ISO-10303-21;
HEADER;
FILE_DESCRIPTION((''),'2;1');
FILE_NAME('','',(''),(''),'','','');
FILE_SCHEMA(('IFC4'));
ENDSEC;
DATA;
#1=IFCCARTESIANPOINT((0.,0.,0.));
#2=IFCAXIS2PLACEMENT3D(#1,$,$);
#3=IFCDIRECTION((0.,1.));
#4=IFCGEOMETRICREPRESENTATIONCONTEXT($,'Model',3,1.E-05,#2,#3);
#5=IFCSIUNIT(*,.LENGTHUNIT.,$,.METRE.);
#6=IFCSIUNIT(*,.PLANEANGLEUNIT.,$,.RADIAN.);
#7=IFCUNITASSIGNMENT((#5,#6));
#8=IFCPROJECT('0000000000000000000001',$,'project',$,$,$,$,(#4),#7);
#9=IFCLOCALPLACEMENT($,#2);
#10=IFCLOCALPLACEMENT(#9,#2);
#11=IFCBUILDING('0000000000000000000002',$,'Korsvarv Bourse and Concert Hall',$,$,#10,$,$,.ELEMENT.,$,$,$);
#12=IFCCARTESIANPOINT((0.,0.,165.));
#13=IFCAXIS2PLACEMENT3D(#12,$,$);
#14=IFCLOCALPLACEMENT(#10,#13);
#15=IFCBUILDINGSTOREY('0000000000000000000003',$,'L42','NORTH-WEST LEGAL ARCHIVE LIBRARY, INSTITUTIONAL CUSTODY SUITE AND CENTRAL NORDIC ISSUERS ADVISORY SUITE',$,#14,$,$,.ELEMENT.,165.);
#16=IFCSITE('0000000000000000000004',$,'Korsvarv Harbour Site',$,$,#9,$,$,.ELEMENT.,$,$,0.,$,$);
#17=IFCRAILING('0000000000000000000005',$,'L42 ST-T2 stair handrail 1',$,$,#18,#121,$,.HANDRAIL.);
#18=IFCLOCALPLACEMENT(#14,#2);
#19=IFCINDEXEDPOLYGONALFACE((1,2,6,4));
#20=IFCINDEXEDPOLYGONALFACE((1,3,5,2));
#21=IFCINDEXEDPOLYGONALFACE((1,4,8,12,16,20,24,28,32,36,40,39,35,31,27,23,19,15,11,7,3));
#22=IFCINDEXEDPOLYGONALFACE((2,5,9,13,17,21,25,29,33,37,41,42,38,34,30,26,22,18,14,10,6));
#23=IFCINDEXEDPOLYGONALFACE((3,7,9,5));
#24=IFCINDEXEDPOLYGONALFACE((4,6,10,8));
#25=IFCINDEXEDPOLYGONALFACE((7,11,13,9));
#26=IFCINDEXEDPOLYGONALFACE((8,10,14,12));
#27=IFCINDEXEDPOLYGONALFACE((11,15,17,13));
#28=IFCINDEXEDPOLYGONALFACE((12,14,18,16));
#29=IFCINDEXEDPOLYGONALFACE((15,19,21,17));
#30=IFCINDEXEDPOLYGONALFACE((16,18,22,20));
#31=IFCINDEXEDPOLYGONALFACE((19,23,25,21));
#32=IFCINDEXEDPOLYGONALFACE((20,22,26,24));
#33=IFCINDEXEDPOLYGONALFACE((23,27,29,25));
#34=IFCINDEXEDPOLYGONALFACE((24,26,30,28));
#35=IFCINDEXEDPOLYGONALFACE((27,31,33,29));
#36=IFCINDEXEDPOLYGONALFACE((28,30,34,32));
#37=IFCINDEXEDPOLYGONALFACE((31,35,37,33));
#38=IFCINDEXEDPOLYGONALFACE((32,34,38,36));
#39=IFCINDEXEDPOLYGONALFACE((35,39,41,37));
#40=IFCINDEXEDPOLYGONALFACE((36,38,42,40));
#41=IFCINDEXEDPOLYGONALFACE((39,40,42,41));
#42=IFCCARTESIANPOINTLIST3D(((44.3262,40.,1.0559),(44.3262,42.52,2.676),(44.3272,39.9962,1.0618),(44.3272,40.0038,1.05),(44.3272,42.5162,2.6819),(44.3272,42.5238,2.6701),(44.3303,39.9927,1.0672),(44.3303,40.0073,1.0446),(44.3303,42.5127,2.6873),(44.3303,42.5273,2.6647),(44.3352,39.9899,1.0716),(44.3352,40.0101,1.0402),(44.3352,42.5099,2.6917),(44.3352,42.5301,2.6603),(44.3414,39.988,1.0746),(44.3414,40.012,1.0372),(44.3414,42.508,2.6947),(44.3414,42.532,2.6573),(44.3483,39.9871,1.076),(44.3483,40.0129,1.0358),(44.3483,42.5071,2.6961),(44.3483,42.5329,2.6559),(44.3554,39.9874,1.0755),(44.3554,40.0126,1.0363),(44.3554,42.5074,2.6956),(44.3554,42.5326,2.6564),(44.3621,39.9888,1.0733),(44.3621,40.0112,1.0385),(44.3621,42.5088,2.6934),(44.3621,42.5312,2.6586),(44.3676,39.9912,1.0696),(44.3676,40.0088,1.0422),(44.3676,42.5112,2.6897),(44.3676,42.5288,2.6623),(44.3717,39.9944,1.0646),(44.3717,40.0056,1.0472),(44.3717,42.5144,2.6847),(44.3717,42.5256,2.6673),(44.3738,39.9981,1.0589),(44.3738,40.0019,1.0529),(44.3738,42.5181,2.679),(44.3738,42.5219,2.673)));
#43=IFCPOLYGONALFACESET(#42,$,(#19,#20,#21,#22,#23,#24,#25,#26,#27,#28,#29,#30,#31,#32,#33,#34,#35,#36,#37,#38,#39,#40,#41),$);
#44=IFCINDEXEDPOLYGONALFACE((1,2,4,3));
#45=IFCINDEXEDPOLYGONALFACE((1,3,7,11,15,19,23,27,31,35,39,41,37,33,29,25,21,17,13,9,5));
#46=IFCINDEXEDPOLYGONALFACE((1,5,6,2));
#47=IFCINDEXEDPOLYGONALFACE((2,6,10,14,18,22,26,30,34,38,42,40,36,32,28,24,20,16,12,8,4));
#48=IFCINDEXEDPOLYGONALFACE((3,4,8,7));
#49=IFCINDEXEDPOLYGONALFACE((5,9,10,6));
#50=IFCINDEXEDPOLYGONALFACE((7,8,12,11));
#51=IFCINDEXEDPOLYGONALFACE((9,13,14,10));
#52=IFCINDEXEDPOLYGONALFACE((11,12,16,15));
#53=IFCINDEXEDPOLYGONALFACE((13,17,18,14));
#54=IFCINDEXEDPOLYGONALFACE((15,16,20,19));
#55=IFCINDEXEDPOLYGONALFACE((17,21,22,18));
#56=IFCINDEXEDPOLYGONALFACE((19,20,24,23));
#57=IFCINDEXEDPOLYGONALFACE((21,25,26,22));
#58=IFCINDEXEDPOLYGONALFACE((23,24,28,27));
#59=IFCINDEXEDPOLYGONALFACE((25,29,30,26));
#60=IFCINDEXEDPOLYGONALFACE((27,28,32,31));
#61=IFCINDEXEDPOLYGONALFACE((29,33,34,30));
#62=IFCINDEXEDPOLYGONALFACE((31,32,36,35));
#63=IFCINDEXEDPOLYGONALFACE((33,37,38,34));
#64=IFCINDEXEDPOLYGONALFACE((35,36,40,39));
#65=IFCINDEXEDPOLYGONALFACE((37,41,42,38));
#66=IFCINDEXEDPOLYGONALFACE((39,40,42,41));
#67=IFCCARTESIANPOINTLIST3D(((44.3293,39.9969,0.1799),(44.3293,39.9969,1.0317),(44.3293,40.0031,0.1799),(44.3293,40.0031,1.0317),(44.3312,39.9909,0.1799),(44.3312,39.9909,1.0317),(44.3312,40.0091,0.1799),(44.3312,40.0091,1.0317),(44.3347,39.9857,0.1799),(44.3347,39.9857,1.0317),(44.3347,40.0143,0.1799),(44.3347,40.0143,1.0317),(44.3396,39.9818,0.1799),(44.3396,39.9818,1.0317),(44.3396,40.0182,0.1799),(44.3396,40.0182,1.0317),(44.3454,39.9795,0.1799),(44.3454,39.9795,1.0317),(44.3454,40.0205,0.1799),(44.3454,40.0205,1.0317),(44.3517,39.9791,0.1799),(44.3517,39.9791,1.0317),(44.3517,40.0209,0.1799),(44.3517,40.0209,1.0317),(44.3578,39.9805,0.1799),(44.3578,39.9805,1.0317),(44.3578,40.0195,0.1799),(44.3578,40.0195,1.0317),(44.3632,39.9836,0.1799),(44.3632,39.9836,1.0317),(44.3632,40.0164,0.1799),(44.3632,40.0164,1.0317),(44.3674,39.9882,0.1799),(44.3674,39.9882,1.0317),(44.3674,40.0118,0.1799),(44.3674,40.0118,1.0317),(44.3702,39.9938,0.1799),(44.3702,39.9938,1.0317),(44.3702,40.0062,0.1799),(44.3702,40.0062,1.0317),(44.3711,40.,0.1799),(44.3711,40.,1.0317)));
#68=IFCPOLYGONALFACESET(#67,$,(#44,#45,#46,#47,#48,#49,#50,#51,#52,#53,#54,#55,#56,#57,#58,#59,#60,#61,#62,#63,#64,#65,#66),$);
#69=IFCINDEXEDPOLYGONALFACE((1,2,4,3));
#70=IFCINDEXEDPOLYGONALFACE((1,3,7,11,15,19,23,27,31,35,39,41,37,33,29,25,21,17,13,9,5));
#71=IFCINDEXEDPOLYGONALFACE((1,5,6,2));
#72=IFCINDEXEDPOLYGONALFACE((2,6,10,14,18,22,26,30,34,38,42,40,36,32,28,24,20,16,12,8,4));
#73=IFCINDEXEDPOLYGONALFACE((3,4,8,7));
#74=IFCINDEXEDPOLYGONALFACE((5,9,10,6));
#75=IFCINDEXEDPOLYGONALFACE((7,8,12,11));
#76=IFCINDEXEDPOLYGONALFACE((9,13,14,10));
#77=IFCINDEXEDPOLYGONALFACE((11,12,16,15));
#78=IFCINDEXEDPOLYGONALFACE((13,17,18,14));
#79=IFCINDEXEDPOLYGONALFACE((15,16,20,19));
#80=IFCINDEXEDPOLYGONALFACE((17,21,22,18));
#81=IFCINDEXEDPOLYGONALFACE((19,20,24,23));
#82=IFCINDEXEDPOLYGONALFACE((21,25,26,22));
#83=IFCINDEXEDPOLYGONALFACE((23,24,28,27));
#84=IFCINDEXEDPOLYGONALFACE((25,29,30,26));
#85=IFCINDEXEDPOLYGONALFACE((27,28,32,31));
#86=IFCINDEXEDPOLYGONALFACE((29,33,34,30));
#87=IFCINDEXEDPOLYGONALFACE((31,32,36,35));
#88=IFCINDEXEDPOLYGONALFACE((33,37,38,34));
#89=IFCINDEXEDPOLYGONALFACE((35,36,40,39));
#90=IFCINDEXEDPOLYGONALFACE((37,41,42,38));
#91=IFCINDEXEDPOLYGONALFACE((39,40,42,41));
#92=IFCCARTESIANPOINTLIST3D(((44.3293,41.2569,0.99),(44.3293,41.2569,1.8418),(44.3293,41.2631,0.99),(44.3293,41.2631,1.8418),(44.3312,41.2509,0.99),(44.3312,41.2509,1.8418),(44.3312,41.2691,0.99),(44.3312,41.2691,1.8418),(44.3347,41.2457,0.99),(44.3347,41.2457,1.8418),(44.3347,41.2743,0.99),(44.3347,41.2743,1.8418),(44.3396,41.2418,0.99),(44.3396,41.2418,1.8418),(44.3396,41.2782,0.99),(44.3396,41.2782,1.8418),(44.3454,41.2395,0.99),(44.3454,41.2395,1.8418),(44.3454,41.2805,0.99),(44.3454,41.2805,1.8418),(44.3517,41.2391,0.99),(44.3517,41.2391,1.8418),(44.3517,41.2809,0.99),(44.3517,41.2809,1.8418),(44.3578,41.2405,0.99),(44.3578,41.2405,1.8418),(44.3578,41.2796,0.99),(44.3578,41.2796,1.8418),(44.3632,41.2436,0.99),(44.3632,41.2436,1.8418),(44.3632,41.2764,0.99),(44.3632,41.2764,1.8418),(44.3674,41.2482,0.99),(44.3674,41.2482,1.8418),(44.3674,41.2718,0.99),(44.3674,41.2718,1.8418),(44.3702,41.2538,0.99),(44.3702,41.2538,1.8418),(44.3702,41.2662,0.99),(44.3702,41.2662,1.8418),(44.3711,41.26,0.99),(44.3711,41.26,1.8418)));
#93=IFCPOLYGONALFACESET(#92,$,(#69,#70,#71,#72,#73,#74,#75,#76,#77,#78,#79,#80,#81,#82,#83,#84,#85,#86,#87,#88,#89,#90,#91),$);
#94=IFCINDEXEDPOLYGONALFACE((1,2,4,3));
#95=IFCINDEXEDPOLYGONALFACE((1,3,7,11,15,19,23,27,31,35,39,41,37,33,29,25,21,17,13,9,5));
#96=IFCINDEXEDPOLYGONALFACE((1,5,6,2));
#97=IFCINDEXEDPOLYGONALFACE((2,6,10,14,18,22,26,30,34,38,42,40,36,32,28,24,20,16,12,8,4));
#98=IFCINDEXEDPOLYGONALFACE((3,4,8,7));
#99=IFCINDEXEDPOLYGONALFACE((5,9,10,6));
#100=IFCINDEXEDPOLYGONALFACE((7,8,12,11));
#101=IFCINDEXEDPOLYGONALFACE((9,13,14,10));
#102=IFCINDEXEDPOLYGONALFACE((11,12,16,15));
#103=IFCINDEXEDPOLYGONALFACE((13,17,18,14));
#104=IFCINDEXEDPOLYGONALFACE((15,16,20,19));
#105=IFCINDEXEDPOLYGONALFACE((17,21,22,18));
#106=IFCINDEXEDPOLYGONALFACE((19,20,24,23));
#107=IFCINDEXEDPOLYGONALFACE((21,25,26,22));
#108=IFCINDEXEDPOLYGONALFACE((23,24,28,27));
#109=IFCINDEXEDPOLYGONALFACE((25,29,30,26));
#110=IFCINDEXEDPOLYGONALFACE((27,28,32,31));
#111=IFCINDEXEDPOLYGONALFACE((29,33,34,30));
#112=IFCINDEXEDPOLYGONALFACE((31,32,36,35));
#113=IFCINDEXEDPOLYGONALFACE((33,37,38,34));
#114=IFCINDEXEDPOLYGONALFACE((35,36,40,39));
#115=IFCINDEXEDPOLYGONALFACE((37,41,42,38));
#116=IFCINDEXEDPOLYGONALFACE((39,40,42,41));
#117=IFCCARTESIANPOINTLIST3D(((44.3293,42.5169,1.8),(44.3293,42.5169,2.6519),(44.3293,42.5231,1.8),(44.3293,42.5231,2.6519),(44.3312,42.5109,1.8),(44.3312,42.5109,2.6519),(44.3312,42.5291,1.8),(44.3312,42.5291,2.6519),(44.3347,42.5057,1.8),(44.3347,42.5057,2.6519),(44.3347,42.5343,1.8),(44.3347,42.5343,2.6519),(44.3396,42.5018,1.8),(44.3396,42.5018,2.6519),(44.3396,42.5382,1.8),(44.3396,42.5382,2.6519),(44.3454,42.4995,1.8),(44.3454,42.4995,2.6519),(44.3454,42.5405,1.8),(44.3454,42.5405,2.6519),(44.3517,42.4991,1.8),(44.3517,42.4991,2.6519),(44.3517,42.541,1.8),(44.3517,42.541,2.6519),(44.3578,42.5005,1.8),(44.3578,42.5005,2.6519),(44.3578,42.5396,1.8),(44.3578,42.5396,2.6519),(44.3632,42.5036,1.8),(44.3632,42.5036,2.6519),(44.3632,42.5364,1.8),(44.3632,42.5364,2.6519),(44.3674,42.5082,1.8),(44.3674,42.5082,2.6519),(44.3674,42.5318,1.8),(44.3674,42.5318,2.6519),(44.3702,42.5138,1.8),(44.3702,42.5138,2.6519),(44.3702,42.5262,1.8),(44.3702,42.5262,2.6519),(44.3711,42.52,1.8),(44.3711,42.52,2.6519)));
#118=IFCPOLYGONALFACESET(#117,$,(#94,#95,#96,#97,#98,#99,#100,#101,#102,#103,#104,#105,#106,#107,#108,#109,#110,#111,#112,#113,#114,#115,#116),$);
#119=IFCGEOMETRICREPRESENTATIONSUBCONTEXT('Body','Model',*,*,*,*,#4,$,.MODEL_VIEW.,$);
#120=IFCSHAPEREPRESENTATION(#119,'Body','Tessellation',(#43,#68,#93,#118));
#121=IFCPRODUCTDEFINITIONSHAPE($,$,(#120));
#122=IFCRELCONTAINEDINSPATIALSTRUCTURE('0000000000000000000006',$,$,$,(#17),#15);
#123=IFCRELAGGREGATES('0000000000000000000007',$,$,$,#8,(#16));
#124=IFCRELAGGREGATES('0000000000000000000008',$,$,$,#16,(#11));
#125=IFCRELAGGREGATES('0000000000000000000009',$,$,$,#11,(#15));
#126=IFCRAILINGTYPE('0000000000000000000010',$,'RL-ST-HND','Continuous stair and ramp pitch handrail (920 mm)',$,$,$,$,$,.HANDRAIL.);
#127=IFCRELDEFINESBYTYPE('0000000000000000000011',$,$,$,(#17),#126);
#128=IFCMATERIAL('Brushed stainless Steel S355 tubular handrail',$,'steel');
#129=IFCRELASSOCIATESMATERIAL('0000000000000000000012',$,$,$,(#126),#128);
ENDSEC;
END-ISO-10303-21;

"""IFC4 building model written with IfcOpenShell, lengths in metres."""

from ifc_helpers import new_model, si_unit, direction, frame, origin, origin_2d, place, context, subcontext, project, spatial, circle, extrude, material, type_object, element, save


model = new_model("IFC4")

# Units and contexts
model_context = context("Model", 3, precision=1e-05, world=origin(), true_north=direction((0.0, 1.0)))
body_context = subcontext(model_context, "Body", "Model", "MODEL_VIEW")
ifc_project = project(units=[si_unit("LENGTHUNIT", "METRE"), si_unit("PLANEANGLEUNIT", "RADIAN")], contexts=[model_context])

# Site, building, storey
site_placement = place(None, origin())
site = spatial("IfcSite", under=ifc_project, at=site_placement, Name="Korsvarv Harbour Site", CompositionType="ELEMENT", RefElevation=0.0)
building_placement = place(site_placement, origin())
building = spatial("IfcBuilding", under=site, at=building_placement, Name="Korsvarv Bourse and Concert Hall", CompositionType="ELEMENT")
storey_placement = place(building_placement, frame((0.0, 0.0, 165.0)))
storey = spatial("IfcBuildingStorey", under=building, at=storey_placement, Name="L42", Description="NORTH-WEST LEGAL ARCHIVE LIBRARY, INSTITUTIONAL CUSTODY SUITE AND CENTRAL NORDIC ISSUERS ADVISORY SUITE", CompositionType="ELEMENT", Elevation=165.0)

# Railing
ifc_material_1 = material(Name="Brushed stainless Steel S355 tubular handrail", Category="steel")
railing_type_1 = type_object("IfcRailingType", Name="RL-ST-HND", Description="Continuous stair and ramp pitch handrail (920 mm)", PredefinedType="HANDRAIL", material=ifc_material_1)
railing_1_placement = place(storey_placement, frame((44.3501, 40.0, 0.1799)))
element("IfcRailing", 1, at=railing_1_placement, inside=storey, type_object=railing_type_1, Name="L42 ST-T2 stair handrail 1", PredefinedType="HANDRAIL", context=body_context, shape_type="SweptSolid", body=[
    extrude(circle(Radius=0.0239, at=origin_2d()), frame((0.0, 0.0, 0.876), z_axis=(0.0, 0.841163, 0.540782), x_axis=(-1.0, 0.0, 0.0)), (0.0, 0.0, 1.0), 2.9958),
    extrude(circle(Radius=0.021, at=origin_2d()), origin(), (0.0, 0.0, 1.0), 0.8518),
    extrude(circle(Radius=0.021, at=origin_2d()), frame((0.0, 1.26, 0.8101)), (0.0, 0.0, 1.0), 0.8518),
    extrude(circle(Radius=0.021, at=origin_2d()), frame((0.0, 2.52, 1.6201)), (0.0, 0.0, 1.0), 0.8518),
])

save(model, "model.ifc")
